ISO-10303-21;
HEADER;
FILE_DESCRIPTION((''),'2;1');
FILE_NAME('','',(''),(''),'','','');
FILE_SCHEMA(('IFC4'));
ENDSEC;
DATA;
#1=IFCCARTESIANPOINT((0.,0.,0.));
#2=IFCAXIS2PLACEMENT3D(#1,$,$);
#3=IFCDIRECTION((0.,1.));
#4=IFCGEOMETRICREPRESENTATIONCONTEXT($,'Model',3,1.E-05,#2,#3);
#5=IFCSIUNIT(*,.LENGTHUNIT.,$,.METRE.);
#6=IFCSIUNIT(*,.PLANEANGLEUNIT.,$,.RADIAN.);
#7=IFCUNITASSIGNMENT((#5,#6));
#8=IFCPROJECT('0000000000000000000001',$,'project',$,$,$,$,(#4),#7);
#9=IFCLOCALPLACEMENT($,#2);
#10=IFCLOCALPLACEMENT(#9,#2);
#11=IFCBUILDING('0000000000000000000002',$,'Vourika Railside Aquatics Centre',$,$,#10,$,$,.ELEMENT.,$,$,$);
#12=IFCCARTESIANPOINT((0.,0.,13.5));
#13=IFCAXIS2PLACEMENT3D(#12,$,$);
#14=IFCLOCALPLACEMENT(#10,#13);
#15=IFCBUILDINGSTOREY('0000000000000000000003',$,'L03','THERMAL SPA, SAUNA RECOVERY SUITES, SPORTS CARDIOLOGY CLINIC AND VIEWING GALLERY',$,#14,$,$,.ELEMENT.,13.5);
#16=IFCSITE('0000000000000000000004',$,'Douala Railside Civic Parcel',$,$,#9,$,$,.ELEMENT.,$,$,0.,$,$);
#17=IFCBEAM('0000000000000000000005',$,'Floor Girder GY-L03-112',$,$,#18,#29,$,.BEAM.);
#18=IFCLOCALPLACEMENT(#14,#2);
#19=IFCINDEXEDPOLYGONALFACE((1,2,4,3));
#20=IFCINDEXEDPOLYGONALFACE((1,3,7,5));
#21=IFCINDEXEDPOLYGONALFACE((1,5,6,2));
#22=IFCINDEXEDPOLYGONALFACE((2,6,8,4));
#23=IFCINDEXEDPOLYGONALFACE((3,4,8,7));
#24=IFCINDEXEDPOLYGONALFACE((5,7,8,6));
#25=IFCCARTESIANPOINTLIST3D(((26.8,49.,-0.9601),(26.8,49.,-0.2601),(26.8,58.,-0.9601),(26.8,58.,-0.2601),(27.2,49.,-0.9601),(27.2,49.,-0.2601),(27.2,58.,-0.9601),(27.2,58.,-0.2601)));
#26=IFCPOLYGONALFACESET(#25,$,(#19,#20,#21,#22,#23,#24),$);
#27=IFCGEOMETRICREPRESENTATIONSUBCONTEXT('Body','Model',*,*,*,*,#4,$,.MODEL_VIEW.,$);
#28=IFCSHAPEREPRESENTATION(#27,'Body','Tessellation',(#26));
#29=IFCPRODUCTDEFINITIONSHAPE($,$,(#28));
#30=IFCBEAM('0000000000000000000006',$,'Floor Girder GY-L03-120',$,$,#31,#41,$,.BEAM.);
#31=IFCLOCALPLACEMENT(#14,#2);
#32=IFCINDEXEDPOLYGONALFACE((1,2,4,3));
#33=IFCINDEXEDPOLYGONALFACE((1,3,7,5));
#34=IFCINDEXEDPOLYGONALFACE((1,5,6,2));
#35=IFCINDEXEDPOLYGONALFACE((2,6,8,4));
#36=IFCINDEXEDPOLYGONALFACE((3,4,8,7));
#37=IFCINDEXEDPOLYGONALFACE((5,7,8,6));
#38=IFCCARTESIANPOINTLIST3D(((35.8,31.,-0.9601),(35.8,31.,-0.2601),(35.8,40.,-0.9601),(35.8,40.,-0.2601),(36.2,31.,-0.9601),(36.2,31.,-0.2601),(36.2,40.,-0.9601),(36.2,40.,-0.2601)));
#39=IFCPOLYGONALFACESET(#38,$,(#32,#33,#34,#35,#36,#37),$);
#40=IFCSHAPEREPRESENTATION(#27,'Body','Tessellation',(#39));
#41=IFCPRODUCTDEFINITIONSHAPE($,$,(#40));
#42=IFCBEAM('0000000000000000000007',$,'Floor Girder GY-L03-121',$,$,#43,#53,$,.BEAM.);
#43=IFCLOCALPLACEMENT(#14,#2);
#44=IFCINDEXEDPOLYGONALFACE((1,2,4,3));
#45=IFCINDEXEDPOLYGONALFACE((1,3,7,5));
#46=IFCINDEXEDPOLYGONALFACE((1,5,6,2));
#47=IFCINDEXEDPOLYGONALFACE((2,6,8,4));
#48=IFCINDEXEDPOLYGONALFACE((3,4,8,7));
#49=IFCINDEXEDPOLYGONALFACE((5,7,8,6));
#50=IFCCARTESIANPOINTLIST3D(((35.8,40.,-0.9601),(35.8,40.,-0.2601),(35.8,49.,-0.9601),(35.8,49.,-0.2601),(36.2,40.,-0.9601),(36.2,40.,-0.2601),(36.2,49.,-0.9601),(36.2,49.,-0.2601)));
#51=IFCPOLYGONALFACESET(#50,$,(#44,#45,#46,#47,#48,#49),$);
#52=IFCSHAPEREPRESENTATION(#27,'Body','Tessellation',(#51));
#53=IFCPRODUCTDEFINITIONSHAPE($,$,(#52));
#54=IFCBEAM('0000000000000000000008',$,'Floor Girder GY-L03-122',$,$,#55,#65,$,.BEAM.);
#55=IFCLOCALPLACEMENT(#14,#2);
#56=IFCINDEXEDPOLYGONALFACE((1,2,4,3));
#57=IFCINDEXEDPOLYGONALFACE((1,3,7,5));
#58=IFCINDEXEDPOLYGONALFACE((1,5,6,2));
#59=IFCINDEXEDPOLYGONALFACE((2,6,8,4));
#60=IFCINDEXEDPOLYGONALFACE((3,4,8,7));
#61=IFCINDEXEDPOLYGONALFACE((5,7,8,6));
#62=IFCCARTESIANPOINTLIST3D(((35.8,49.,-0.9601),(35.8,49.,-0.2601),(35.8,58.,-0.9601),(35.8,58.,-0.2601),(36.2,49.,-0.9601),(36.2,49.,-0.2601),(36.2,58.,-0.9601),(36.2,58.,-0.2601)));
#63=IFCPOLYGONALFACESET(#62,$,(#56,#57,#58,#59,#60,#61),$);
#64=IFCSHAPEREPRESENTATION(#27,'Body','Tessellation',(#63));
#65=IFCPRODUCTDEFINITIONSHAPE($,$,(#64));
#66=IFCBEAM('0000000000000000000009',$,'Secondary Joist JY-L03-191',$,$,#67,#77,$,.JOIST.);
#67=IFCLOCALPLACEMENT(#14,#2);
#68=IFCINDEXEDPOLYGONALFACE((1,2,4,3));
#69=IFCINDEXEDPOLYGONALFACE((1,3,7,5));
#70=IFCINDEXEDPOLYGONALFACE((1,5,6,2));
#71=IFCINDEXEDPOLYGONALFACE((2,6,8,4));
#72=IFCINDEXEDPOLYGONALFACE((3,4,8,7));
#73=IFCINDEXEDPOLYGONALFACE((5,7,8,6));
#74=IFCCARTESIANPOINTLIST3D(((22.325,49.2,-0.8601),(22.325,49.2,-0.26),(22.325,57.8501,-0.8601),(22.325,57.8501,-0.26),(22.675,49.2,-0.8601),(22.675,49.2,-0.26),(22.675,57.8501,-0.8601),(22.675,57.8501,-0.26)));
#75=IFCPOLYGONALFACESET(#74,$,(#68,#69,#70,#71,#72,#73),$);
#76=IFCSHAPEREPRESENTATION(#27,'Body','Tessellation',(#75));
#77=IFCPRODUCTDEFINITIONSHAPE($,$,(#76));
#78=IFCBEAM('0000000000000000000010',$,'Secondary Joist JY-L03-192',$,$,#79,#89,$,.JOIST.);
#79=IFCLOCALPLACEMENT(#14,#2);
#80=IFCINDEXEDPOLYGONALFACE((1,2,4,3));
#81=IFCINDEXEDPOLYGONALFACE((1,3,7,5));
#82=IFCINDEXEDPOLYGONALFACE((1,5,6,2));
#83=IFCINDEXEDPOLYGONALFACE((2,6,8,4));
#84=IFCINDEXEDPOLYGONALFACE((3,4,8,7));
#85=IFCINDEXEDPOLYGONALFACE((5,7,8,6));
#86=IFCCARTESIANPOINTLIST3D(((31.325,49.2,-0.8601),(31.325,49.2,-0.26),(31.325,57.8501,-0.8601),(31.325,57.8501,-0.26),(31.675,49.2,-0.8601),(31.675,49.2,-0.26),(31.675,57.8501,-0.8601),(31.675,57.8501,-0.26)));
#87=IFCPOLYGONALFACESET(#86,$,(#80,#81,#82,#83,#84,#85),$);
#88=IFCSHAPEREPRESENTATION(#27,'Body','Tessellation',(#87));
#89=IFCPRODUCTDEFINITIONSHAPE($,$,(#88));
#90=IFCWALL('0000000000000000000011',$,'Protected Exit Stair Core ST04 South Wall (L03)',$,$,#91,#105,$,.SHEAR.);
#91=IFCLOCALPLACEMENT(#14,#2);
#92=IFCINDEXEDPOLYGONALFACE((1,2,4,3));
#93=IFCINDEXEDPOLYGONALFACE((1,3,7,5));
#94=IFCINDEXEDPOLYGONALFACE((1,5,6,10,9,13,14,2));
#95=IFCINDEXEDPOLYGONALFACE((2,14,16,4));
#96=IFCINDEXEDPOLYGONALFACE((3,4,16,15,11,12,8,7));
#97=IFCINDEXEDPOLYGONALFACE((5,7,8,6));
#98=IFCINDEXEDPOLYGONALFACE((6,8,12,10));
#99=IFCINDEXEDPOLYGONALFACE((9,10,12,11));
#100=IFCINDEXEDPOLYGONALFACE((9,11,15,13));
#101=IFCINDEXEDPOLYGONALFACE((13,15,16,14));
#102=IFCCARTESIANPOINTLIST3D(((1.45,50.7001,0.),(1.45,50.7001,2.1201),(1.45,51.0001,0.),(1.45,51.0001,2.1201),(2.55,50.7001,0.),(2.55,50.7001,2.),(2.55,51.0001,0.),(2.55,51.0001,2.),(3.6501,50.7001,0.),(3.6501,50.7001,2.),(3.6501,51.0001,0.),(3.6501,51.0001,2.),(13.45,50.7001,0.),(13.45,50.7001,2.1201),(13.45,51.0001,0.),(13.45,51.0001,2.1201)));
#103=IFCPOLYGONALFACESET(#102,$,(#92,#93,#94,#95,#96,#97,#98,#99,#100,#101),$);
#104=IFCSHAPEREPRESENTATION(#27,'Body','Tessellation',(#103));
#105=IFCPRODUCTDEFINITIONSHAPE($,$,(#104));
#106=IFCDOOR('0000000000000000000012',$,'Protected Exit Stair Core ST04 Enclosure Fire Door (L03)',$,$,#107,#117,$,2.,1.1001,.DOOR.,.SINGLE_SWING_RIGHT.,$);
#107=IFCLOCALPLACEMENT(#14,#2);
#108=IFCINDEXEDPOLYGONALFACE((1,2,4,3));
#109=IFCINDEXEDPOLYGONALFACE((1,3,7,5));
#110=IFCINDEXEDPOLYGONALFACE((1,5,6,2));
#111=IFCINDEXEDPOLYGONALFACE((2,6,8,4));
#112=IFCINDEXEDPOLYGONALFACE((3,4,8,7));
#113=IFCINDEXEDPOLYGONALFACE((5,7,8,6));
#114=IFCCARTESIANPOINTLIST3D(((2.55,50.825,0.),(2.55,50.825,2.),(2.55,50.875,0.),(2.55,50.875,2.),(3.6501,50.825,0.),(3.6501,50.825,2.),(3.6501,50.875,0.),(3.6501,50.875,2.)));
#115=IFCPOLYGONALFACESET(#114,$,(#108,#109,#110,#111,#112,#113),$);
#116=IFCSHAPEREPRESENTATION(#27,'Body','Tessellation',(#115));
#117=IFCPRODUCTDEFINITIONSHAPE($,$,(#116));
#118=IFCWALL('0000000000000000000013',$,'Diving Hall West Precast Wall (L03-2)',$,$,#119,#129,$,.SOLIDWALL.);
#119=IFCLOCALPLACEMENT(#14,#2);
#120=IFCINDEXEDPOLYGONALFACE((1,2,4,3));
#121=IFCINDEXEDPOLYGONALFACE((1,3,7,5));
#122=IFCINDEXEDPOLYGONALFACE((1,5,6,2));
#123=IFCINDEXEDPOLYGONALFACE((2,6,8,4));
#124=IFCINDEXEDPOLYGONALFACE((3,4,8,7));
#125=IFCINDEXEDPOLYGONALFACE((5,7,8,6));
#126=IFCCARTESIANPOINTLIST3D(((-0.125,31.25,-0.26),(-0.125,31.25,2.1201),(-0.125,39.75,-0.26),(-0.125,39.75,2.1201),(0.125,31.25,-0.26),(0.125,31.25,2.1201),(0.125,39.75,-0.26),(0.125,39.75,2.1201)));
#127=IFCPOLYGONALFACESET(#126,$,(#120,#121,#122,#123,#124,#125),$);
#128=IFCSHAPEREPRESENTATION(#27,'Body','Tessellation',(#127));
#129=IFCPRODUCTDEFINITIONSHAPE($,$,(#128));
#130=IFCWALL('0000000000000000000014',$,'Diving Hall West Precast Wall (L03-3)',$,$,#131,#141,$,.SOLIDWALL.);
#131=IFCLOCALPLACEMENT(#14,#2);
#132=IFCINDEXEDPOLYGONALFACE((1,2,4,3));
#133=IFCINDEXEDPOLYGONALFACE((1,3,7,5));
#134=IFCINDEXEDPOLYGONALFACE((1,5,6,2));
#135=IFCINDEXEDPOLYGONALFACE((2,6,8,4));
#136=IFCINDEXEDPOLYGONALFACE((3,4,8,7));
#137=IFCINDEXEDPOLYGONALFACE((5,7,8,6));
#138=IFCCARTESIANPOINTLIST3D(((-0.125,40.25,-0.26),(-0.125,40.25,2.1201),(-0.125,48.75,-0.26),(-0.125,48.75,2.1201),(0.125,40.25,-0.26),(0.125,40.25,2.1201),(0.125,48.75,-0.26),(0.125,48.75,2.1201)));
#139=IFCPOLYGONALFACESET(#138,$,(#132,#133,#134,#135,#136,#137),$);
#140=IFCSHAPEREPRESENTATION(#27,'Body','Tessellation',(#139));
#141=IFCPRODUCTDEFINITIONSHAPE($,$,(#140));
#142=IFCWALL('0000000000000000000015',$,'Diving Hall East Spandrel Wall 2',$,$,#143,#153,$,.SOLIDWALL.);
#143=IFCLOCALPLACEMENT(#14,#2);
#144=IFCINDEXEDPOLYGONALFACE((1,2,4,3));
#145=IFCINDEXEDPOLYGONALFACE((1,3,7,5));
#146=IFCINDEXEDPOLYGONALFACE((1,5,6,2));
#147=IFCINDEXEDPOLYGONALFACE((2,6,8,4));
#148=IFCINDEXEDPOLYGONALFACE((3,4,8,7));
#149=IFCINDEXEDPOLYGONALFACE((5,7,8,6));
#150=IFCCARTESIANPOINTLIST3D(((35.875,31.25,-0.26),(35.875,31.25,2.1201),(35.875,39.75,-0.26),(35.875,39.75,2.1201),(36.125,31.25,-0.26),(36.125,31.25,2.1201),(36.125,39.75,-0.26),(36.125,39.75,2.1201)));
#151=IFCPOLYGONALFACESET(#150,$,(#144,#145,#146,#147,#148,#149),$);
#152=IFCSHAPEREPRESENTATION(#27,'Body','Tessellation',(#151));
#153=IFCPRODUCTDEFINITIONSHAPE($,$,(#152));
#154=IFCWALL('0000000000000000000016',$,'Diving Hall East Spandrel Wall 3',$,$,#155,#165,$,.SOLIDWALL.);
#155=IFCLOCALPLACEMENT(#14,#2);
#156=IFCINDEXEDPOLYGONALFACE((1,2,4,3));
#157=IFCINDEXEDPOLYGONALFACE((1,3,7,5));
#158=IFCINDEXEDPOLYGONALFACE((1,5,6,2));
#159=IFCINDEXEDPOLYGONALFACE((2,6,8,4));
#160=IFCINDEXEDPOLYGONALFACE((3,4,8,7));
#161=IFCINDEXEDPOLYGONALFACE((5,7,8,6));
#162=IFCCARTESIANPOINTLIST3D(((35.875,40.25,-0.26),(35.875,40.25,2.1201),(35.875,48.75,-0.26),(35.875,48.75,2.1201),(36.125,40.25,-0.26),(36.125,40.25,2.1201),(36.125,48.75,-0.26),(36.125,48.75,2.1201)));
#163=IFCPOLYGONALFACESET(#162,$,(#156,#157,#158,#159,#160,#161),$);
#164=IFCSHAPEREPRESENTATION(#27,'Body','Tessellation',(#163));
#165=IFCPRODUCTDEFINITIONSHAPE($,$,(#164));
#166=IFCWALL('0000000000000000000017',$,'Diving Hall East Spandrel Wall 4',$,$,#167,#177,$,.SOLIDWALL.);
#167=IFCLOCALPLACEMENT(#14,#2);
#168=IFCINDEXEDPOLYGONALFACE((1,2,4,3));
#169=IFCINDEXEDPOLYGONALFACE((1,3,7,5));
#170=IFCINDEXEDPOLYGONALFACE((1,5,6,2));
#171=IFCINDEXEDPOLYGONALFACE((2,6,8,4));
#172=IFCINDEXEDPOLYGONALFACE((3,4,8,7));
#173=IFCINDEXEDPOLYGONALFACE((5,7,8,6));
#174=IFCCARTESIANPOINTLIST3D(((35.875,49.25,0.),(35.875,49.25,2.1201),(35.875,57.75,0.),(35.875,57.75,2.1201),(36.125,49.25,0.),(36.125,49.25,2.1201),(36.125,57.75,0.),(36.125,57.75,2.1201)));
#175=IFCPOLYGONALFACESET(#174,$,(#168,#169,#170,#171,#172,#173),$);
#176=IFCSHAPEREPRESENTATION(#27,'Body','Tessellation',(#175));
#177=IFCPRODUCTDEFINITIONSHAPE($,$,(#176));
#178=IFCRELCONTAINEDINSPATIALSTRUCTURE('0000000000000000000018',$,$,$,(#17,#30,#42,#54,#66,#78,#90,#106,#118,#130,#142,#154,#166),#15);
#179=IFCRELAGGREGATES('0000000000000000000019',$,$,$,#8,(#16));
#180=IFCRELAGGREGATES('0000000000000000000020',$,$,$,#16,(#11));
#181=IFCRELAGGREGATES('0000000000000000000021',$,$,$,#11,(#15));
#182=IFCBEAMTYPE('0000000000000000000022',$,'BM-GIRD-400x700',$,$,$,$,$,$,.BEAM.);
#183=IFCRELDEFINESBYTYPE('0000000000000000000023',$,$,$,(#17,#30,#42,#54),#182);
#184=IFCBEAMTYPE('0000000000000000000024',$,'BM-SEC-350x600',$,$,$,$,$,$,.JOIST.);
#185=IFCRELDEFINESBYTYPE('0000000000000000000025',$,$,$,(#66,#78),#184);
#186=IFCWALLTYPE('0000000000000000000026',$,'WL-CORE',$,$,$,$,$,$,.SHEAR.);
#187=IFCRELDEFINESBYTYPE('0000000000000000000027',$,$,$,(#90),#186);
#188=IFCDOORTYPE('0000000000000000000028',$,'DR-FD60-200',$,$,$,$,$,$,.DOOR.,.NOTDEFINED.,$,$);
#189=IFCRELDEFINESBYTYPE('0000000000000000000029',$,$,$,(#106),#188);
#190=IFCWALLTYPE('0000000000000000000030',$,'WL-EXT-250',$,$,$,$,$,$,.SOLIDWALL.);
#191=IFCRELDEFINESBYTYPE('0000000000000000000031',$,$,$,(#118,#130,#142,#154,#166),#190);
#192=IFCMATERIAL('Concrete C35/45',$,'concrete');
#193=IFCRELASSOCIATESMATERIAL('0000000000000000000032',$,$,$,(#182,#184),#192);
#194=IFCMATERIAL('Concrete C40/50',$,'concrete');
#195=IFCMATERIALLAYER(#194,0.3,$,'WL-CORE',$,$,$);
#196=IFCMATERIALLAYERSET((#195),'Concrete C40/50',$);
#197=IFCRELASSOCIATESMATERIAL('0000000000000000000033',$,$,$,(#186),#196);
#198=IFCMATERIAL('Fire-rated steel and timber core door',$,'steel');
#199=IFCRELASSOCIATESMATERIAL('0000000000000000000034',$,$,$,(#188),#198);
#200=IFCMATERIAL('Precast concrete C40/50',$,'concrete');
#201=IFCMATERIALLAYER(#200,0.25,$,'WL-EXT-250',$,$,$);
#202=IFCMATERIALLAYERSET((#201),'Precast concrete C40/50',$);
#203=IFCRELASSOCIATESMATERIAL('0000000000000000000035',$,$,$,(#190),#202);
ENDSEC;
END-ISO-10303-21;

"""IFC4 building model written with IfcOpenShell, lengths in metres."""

from ifc_helpers import new_model, si_unit, direction, frame, frame_2d, origin, origin_2d, place, context, subcontext, project, spatial, rectangle, extrude, material, layer, layer_set, material_profile, profile_set, type_object, element, fill, save


model = new_model("IFC4")

# Units and contexts
model_context = context("Model", 3, precision=1e-05, world=origin(), true_north=direction((0.0, 1.0)))
body_context = subcontext(model_context, "Body", "Model", "MODEL_VIEW")
ifc_project = project(units=[si_unit("LENGTHUNIT", "METRE"), si_unit("PLANEANGLEUNIT", "RADIAN")], contexts=[model_context])

# Site, building, storey
site_placement = place(None, origin())
site = spatial("IfcSite", under=ifc_project, at=site_placement, Name="Douala Railside Civic Parcel", CompositionType="ELEMENT", RefElevation=0.0)
building_placement = place(site_placement, origin())
building = spatial("IfcBuilding", under=site, at=building_placement, Name="Vourika Railside Aquatics Centre", CompositionType="ELEMENT")
storey_placement = place(building_placement, frame((0.0, 0.0, 13.5)))
storey = spatial("IfcBuildingStorey", under=building, at=storey_placement, Name="L03", Description="THERMAL SPA, SAUNA RECOVERY SUITES, SPORTS CARDIOLOGY CLINIC AND VIEWING GALLERY", CompositionType="ELEMENT", Elevation=13.5)

# Shared definitions
ifc_material_1 = material(Name="Concrete C35/45", Category="concrete")

# Beams
ifc_material_profile_1 = material_profile(ifc_material_1, rectangle(XDim=0.3999, YDim=0.7, at=origin_2d()), Name="RC 400x700")
ifc_profile_set_1 = profile_set([ifc_material_profile_1], Name="Concrete C35/45")
beam_type_1 = type_object("IfcBeamType", Name="BM-GIRD-400x700", PredefinedType="BEAM", material=ifc_profile_set_1)
for number, where, z_axis, x_axis, name in (
    (1, (27.0, 49.0, -0.6101), (0.0, 1.0, 0.0), (-1.0, 0.0, 0.0), "Floor Girder GY-L03-112"),
    (2, (36.0, 31.0, -0.6101), (0.0, 1.0, 0.0), (-1.0, 0.0, 0.0), "Floor Girder GY-L03-120"),
    (3, (36.0, 40.0, -0.6101), (0.0, 1.0, 0.0), (-1.0, 0.0, 0.0), "Floor Girder GY-L03-121"),
    (4, (36.0, 49.0, -0.6101), (0.0, 1.0, 0.0), (-1.0, 0.0, 0.0), "Floor Girder GY-L03-122"),
):
    element("IfcBeam", number, at=place(storey_placement, frame(where, z_axis=z_axis, x_axis=x_axis)), inside=storey, type_object=beam_type_1, Name=name, PredefinedType="BEAM", context=body_context, shape_type="SweptSolid", body=[
        extrude(rectangle(XDim=0.3999, YDim=0.7, at=origin_2d()), origin(), (0.0, 0.0, 1.0), 9.0),
    ])
ifc_material_profile_2 = material_profile(ifc_material_1, rectangle(XDim=0.3501, YDim=0.6001, at=origin_2d()), Name="RC 350x600")
ifc_profile_set_2 = profile_set([ifc_material_profile_2], Name="Concrete C35/45")
beam_type_2 = type_object("IfcBeamType", Name="BM-SEC-350x600", PredefinedType="JOIST", material=ifc_profile_set_2)
for number, where, z_axis, x_axis, name in (
    (5, (22.5, 49.2, -0.5601), (0.0, 1.0, 0.0), (-1.0, 0.0, 0.0), "Secondary Joist JY-L03-191"),
    (6, (31.5, 49.2, -0.5601), (0.0, 1.0, 0.0), (-1.0, 0.0, 0.0), "Secondary Joist JY-L03-192"),
):
    element("IfcBeam", number, at=place(storey_placement, frame(where, z_axis=z_axis, x_axis=x_axis)), inside=storey, type_object=beam_type_2, Name=name, PredefinedType="JOIST", context=body_context, shape_type="SweptSolid", body=[
        extrude(rectangle(XDim=0.3501, YDim=0.6001, at=origin_2d()), origin(), (0.0, 0.0, 1.0), 8.6501),
    ])

# Wall, opening, door
ifc_material_2 = material(Name="Concrete C40/50", Category="concrete")
ifc_layer_1 = layer(ifc_material_2, 0.3, Name="WL-CORE")
ifc_layer_set_1 = layer_set([ifc_layer_1], Name="Concrete C40/50")
wall_type_1 = type_object("IfcWallType", Name="WL-CORE", PredefinedType="SHEAR", material=ifc_layer_set_1)
wall_1_placement = place(storey_placement, frame((1.45, 50.8501, 0.0), z_axis=(0.0, 0.0, 1.0), x_axis=(1.0, 0.0, 0.0)))
wall_1 = element("IfcWall", 7, at=wall_1_placement, inside=storey, type_object=wall_type_1, Name="Protected Exit Stair Core ST04 South Wall (L03)", PredefinedType="SHEAR", context=body_context, shape_type="SweptSolid", body=[
    extrude(rectangle(XDim=12.0, YDim=0.3, at=frame_2d((6.0, 0.0))), origin(), (0.0, 0.0, 1.0), 2.1201),
])
opening_1_placement = place(wall_1_placement, frame((1.1001, 0.0, 0.0)))
opening_1 = element("IfcOpeningElement", 8, at=opening_1_placement, cuts=wall_1, PredefinedType="OPENING", context=body_context, shape_type="SweptSolid", body=[
    extrude(rectangle(XDim=1.1001, YDim=2.0, at=frame_2d((0.55, 1.0))), frame((0.0, 0.1602, 0.0), z_axis=(0.0, -1.0, 0.0), x_axis=(1.0, 0.0, 0.0)), (0.0, 0.0, 1.0), 0.3201),
])
ifc_material_3 = material(Name="Fire-rated steel and timber core door", Category="steel")
door_type_1 = type_object("IfcDoorType", Name="DR-FD60-200", OperationType="NOTDEFINED", PredefinedType="DOOR", material=ifc_material_3)
door_1_placement = place(opening_1_placement, origin())
door_1 = element("IfcDoor", 9, at=door_1_placement, inside=storey, type_object=door_type_1, Name="Protected Exit Stair Core ST04 Enclosure Fire Door (L03)", OperationType="SINGLE_SWING_RIGHT", OverallHeight=2.0, OverallWidth=1.1001, PredefinedType="DOOR", context=body_context, shape_type="SweptSolid", body=[
    extrude(rectangle(XDim=1.1001, YDim=2.0, at=frame_2d((0.55, 1.0))), frame((0.0, 0.0249, 0.0), z_axis=(0.0, -1.0, 0.0), x_axis=(1.0, 0.0, 0.0)), (0.0, 0.0, 1.0), 0.05),
])
fill(opening_1, door_1)

# Walls
ifc_material_4 = material(Name="Precast concrete C40/50", Category="concrete")
ifc_layer_2 = layer(ifc_material_4, 0.25, Name="WL-EXT-250")
ifc_layer_set_2 = layer_set([ifc_layer_2], Name="Precast concrete C40/50")
wall_type_2 = type_object("IfcWallType", Name="WL-EXT-250", PredefinedType="SOLIDWALL", material=ifc_layer_set_2)
for number, where, z_axis, x_axis, name in (
    (10, (0.0, 39.75, -0.26), (0.0, 0.0, 1.0), (0.0, -1.0, 0.0), "Diving Hall West Precast Wall (L03-2)"),
    (11, (0.0, 48.75, -0.26), (0.0, 0.0, 1.0), (0.0, -1.0, 0.0), "Diving Hall West Precast Wall (L03-3)"),
    (12, (36.0, 31.25, -0.26), (0.0, 0.0, 1.0), (0.0, 1.0, 0.0), "Diving Hall East Spandrel Wall 2"),
    (13, (36.0, 40.25, -0.26), (0.0, 0.0, 1.0), (0.0, 1.0, 0.0), "Diving Hall East Spandrel Wall 3"),
):
    element("IfcWall", number, at=place(storey_placement, frame(where, z_axis=z_axis, x_axis=x_axis)), inside=storey, type_object=wall_type_2, Name=name, PredefinedType="SOLIDWALL", context=body_context, shape_type="SweptSolid", body=[
        extrude(rectangle(XDim=8.5, YDim=0.25, at=frame_2d((4.25, 0.0))), origin(), (0.0, 0.0, 1.0), 2.3801),
    ])
wall_2_placement = place(storey_placement, frame((36.0, 49.25, 0.0), z_axis=(0.0, 0.0, 1.0), x_axis=(0.0, 1.0, 0.0)))
element("IfcWall", 14, at=wall_2_placement, inside=storey, type_object=wall_type_2, Name="Diving Hall East Spandrel Wall 4", PredefinedType="SOLIDWALL", context=body_context, shape_type="SweptSolid", body=[
    extrude(rectangle(XDim=8.5, YDim=0.25, at=frame_2d((4.25, 0.0))), origin(), (0.0, 0.0, 1.0), 2.1201),
])

save(model, "model.ifc")
